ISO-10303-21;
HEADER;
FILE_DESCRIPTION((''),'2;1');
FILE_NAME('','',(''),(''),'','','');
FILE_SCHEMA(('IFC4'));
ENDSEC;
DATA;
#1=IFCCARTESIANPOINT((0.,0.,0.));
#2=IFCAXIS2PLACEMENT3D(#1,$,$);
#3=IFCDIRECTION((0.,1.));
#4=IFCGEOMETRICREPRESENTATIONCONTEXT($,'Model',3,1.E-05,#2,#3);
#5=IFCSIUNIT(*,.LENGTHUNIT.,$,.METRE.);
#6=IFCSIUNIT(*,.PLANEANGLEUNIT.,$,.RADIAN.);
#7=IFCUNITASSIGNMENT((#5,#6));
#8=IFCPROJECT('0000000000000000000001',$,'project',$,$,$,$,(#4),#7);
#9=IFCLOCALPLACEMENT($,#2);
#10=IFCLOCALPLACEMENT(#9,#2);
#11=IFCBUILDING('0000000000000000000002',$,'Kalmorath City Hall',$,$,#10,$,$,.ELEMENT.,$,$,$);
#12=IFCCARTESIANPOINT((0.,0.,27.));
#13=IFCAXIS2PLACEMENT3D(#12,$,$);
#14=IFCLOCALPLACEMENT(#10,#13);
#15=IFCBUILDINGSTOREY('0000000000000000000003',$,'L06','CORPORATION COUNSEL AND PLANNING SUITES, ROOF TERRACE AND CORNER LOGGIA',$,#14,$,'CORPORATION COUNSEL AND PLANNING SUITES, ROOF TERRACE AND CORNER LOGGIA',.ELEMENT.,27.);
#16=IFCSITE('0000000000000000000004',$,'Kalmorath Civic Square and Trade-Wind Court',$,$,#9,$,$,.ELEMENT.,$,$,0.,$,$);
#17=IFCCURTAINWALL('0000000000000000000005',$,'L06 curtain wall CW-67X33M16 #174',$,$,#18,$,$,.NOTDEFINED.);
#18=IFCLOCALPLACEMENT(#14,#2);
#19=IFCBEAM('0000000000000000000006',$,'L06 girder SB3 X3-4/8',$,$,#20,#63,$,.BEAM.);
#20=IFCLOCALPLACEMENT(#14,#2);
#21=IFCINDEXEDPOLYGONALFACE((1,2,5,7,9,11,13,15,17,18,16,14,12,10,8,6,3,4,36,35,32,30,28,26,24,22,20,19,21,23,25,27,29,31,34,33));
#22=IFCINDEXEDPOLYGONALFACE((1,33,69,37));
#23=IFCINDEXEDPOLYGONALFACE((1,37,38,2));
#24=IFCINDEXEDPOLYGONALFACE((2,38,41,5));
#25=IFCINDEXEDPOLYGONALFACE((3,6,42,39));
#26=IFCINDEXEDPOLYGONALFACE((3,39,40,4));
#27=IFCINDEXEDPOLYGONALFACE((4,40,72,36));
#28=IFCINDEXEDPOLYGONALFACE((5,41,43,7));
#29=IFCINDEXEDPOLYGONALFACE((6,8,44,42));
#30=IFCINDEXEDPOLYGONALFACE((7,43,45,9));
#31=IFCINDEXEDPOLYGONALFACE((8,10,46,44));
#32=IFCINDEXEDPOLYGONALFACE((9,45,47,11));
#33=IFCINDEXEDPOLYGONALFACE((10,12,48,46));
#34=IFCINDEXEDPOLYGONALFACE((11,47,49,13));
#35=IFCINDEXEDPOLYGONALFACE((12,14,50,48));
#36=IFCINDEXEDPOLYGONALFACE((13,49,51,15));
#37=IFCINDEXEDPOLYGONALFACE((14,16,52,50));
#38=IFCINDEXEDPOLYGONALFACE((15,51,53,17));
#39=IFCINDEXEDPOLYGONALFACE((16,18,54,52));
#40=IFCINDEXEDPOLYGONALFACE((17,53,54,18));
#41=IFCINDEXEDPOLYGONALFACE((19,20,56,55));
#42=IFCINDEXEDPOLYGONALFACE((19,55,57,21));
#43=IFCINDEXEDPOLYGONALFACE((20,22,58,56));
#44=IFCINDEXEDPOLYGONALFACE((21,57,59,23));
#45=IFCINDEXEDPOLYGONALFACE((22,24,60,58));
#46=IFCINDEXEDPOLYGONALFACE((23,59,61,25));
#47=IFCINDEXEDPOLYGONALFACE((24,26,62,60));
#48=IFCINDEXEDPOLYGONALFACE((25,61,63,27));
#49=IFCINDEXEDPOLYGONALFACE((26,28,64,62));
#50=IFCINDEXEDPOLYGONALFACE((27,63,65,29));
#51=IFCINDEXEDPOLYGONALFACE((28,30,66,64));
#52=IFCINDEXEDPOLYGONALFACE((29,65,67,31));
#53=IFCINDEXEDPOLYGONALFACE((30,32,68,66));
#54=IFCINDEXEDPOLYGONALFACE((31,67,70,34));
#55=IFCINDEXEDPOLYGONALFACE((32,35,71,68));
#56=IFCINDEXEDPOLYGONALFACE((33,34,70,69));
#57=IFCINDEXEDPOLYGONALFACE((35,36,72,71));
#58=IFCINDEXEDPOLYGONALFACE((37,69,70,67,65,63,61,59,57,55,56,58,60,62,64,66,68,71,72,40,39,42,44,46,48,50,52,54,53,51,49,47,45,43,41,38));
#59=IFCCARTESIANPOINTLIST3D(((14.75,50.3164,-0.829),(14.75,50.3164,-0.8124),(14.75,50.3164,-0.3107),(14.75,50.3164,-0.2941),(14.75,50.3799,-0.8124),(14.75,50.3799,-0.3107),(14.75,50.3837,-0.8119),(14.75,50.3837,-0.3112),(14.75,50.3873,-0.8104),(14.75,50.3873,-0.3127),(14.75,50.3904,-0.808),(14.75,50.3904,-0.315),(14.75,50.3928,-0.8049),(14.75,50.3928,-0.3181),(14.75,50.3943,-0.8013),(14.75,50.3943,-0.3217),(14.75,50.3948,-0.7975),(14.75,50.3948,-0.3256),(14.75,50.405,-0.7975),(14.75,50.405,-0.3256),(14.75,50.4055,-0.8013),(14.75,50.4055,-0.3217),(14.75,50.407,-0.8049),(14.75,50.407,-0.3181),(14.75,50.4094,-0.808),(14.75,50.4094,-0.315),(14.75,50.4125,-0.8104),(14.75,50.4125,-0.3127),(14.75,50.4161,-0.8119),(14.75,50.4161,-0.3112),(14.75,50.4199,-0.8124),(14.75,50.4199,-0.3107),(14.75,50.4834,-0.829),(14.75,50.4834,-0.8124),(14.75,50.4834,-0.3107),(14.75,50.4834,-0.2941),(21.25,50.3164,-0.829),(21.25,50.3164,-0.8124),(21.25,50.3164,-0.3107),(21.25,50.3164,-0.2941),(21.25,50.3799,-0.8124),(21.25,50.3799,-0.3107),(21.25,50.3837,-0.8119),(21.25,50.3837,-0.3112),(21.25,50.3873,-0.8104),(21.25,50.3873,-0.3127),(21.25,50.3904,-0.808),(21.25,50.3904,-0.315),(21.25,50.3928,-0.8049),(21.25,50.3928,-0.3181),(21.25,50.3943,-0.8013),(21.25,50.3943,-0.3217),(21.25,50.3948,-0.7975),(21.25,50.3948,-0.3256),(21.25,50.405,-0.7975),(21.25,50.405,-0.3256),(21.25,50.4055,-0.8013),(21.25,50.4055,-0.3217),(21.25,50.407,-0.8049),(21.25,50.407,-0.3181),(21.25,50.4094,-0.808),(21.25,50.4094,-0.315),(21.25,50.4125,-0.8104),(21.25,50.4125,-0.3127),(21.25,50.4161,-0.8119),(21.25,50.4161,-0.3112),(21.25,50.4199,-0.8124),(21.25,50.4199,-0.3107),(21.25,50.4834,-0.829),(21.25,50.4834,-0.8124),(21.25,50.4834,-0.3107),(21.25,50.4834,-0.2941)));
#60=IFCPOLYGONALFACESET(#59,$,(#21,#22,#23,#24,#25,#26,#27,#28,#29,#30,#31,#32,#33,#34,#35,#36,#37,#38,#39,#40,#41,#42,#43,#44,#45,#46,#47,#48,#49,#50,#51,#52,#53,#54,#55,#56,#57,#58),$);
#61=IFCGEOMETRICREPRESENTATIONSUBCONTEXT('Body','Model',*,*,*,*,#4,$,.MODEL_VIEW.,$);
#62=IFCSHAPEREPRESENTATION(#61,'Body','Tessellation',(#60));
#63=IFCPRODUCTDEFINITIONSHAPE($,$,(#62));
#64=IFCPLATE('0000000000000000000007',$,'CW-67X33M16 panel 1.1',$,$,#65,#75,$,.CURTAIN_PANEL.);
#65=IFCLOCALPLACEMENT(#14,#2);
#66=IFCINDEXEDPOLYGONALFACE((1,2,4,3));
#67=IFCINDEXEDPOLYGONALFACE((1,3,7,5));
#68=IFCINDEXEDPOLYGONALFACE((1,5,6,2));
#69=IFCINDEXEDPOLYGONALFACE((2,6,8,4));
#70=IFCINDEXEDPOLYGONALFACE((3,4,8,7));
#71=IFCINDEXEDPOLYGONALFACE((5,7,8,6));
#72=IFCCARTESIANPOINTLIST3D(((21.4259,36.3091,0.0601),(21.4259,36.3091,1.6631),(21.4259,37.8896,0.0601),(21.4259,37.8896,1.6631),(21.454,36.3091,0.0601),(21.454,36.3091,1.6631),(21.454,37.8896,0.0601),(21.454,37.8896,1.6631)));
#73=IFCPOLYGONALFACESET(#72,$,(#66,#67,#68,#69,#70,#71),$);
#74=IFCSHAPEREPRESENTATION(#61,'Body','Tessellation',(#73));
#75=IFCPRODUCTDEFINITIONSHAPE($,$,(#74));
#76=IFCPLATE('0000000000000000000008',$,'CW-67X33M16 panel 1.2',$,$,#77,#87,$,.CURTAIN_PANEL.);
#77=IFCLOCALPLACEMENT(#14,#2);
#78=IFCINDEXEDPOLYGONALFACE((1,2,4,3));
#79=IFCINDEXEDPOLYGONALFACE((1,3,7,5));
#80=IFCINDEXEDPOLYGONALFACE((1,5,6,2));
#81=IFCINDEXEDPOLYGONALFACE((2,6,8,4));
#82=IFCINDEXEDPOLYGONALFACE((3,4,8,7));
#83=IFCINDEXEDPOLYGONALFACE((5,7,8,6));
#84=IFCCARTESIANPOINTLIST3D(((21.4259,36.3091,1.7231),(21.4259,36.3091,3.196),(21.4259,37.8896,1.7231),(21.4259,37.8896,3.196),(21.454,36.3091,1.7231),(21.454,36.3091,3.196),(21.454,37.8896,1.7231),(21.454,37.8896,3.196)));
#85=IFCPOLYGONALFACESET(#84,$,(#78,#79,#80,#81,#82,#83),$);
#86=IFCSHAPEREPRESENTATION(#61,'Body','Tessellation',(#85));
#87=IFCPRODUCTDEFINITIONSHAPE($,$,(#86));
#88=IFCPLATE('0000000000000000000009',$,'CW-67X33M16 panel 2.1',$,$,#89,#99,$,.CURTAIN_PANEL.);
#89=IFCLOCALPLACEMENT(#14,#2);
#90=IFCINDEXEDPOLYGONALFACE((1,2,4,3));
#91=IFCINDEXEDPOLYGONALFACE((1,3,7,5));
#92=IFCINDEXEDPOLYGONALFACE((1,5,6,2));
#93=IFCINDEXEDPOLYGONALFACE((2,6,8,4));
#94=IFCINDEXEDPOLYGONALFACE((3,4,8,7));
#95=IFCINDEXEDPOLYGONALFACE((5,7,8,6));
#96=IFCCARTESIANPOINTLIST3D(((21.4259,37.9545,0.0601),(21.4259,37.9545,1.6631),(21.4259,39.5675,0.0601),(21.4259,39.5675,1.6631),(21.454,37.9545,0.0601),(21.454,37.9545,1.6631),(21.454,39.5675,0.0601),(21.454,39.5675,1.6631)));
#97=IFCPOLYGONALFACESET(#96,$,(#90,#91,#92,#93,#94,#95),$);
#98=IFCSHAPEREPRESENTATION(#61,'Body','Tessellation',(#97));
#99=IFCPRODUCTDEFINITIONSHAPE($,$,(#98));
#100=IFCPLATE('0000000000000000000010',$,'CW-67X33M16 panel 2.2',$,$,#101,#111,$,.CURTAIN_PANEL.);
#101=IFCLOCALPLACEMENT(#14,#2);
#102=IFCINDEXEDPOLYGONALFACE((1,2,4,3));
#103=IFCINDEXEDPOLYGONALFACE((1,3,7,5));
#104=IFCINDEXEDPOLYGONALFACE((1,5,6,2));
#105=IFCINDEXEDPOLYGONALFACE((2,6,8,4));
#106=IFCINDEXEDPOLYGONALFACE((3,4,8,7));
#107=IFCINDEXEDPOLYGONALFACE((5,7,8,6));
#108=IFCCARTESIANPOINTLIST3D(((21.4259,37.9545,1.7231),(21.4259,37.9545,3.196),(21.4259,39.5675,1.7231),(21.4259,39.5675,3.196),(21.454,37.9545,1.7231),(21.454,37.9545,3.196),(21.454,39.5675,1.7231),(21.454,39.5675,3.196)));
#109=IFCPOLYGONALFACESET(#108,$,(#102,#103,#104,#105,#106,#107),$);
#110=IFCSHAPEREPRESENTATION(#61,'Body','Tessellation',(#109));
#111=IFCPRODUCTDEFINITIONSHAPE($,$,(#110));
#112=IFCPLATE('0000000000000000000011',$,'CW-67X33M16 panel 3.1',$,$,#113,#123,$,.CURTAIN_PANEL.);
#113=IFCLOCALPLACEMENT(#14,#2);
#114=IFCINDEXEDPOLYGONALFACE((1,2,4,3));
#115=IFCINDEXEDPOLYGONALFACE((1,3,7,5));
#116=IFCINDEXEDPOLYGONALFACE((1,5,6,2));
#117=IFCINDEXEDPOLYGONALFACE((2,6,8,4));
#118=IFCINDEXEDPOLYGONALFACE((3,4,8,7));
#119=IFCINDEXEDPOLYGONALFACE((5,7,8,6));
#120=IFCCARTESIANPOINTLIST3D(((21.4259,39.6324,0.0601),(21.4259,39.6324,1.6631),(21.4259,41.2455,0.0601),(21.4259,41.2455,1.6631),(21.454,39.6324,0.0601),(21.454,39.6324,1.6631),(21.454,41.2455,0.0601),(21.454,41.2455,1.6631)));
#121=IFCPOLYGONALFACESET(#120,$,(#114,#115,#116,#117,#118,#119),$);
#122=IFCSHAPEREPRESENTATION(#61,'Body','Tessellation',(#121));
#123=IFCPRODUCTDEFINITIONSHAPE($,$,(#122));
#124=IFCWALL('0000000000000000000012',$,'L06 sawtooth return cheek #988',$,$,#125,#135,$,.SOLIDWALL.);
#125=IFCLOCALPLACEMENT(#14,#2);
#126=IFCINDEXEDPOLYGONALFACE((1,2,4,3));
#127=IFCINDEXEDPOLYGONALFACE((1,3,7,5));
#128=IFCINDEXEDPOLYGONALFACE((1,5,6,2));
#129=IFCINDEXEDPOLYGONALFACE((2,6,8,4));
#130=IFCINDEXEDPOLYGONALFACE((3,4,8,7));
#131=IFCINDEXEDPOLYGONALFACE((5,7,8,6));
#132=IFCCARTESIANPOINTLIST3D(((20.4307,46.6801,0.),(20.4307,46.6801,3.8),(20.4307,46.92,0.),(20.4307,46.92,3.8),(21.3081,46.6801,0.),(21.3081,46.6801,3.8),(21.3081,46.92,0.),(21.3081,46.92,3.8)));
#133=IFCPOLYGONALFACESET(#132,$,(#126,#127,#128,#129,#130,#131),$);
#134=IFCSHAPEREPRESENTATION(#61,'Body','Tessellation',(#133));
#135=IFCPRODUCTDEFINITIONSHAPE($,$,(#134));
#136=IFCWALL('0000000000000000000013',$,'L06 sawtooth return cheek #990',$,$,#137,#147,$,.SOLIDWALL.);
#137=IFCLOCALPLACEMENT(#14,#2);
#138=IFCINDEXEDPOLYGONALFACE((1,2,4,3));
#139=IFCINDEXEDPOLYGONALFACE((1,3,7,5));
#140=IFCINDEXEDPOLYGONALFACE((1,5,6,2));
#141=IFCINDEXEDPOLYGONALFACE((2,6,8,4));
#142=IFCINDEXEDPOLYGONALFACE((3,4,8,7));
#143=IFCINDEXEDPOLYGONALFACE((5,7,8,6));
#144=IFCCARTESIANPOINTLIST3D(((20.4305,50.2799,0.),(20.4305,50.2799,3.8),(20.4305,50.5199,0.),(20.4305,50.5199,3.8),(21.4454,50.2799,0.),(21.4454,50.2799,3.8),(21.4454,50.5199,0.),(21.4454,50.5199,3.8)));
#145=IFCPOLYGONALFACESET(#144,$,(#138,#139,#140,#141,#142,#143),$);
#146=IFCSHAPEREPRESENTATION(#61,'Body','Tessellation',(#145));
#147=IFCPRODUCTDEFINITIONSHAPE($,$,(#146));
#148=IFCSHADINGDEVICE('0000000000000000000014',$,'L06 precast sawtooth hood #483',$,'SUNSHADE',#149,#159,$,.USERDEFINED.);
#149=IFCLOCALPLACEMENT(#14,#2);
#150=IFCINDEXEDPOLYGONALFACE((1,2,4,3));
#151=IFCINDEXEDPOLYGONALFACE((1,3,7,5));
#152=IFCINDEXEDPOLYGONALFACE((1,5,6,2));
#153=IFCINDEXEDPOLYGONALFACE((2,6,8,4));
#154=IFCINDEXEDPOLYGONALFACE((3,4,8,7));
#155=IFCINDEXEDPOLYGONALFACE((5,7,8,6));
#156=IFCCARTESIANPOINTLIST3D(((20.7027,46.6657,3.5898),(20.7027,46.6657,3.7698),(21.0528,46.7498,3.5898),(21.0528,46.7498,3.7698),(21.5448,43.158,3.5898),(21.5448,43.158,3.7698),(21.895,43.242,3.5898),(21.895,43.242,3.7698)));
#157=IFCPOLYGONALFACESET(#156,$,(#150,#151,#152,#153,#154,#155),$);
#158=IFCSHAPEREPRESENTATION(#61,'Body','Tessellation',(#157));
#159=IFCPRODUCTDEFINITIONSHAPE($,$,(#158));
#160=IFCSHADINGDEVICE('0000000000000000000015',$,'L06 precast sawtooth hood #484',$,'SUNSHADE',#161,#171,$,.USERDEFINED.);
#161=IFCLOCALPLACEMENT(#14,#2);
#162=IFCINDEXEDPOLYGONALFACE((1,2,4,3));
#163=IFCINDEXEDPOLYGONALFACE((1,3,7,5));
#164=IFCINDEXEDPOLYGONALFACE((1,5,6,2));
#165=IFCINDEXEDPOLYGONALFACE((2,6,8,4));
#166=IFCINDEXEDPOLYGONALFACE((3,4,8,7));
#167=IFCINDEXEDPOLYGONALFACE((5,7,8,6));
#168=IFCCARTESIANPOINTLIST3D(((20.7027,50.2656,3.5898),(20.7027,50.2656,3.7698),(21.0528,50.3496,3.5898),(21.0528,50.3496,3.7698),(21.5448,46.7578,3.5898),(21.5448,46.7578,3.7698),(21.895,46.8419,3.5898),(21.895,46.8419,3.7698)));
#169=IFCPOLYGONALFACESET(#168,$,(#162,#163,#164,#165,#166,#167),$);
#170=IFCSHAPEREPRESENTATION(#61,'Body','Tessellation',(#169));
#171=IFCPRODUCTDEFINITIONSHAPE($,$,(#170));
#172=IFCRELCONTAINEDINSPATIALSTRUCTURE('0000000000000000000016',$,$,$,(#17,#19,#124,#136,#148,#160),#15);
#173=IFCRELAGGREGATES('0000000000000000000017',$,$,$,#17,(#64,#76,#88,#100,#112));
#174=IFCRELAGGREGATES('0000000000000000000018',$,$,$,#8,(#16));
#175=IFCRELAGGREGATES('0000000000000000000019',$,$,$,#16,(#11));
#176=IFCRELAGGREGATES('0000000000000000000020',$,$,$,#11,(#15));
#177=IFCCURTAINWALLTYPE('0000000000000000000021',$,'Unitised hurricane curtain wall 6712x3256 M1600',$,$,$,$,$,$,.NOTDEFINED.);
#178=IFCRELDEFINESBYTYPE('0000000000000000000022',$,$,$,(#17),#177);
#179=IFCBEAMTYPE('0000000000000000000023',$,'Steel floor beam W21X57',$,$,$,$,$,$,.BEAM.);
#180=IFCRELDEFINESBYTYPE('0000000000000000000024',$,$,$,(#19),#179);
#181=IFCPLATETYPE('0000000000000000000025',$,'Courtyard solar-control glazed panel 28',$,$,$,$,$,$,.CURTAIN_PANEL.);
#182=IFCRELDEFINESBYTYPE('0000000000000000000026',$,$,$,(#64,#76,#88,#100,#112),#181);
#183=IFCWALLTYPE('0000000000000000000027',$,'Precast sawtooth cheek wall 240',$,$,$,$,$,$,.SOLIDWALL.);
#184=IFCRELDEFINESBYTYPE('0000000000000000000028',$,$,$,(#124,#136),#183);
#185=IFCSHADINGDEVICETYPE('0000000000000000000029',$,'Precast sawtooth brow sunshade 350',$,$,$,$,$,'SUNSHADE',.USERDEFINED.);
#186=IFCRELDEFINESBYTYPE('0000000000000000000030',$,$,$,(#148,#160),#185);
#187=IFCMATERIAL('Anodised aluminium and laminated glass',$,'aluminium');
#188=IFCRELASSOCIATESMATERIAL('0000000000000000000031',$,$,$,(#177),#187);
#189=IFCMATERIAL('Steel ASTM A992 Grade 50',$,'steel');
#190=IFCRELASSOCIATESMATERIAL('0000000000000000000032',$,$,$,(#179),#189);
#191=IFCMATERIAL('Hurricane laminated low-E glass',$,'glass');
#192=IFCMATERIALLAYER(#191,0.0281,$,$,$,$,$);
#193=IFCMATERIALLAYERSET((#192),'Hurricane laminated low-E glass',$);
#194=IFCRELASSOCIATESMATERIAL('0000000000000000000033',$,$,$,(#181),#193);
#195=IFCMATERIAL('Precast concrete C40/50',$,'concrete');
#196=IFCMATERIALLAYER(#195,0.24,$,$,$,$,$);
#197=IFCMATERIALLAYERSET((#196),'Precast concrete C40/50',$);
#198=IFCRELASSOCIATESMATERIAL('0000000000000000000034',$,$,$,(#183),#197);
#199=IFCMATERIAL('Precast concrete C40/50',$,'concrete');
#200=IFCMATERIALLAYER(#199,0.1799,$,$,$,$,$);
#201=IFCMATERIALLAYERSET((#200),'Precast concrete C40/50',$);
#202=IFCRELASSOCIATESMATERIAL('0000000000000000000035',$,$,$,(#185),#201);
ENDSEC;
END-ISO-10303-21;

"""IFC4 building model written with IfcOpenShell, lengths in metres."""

from ifc_helpers import new_model, si_unit, direction, frame, frame_2d, origin, origin_2d, place, context, subcontext, project, spatial, rectangle, i_section, extrude, material, layer, layer_set, material_profile, profile_set, type_object, element, aggregate, save


model = new_model("IFC4")

# Units and contexts
model_context = context("Model", 3, precision=1e-05, world=origin(), true_north=direction((0.0, 1.0)))
body_context = subcontext(model_context, "Body", "Model", "MODEL_VIEW")
ifc_project = project(units=[si_unit("LENGTHUNIT", "METRE"), si_unit("PLANEANGLEUNIT", "RADIAN")], contexts=[model_context])

# Site, building, storey
site_placement = place(None, origin())
site = spatial("IfcSite", under=ifc_project, at=site_placement, Name="Kalmorath Civic Square and Trade-Wind Court", CompositionType="ELEMENT", RefElevation=0.0)
building_placement = place(site_placement, origin())
building = spatial("IfcBuilding", under=site, at=building_placement, Name="Kalmorath City Hall", CompositionType="ELEMENT")
storey_placement = place(building_placement, frame((0.0, 0.0, 27.0)))
storey = spatial("IfcBuildingStorey", under=building, at=storey_placement, Name="L06", Description="CORPORATION COUNSEL AND PLANNING SUITES, ROOF TERRACE AND CORNER LOGGIA", LongName="CORPORATION COUNSEL AND PLANNING SUITES, ROOF TERRACE AND CORNER LOGGIA", CompositionType="ELEMENT", Elevation=27.0)

# Curtain wall
ifc_material_1 = material(Name="Anodised aluminium and laminated glass", Category="aluminium")
curtain_wall_type = type_object("IfcCurtainWallType", Name="Unitised hurricane curtain wall 6712x3256 M1600", PredefinedType="NOTDEFINED", material=ifc_material_1)
curtain_wall_placement = place(storey_placement, origin())
curtain_wall = element("IfcCurtainWall", 1, at=curtain_wall_placement, inside=storey, type_object=curtain_wall_type, Name="L06 curtain wall CW-67X33M16 #174", PredefinedType="NOTDEFINED")

# Beam
ifc_material_2 = material(Name="Steel ASTM A992 Grade 50", Category="steel")
ifc_material_profile_1 = material_profile(ifc_material_2, i_section(OverallWidth=0.167, OverallDepth=0.5349, WebThickness=0.0103, FlangeThickness=0.0166, FilletRadius=0.0149, at=origin_2d()), Name="W21X57")
ifc_profile_set_1 = profile_set([ifc_material_profile_1], Name="Steel ASTM A992 Grade 50")
beam_type_1 = type_object("IfcBeamType", Name="Steel floor beam W21X57", PredefinedType="BEAM", material=ifc_profile_set_1)
for number, where, z_axis, x_axis, name in (
    (2, (14.75, 50.3999, -0.5615), (1.0, 0.0, 0.0), (0.0, 1.0, 0.0), "L06 girder SB3 X3-4/8"),
):
    element("IfcBeam", number, at=place(storey_placement, frame(where, z_axis=z_axis, x_axis=x_axis)), inside=storey, type_object=beam_type_1, Name=name, PredefinedType="BEAM", context=body_context, shape_type="SweptSolid", body=[
        extrude(i_section(OverallWidth=0.167, OverallDepth=0.5349, WebThickness=0.0103, FlangeThickness=0.0166, FilletRadius=0.0149, at=origin_2d()), origin(), (0.0, 0.0, 1.0), 6.5),
    ])

# Plates
ifc_material_3 = material(Name="Hurricane laminated low-E glass", Category="glass")
ifc_layer_1 = layer(ifc_material_3, 0.0281)
ifc_layer_set_1 = layer_set([ifc_layer_1], Name="Hurricane laminated low-E glass")
plate_type = type_object("IfcPlateType", Name="Courtyard solar-control glazed panel 28", PredefinedType="CURTAIN_PANEL", material=ifc_layer_set_1)
plate_1_placement = place(storey_placement, frame((21.4399, 37.0994, 0.0601), z_axis=(0.0, 0.0, 1.0), x_axis=(0.0, 1.0, 0.0)))
plate_1 = element("IfcPlate", 3, at=plate_1_placement, type_object=plate_type, Name="CW-67X33M16 panel 1.1", PredefinedType="CURTAIN_PANEL", context=body_context, shape_type="SweptSolid", body=[
    extrude(rectangle(XDim=1.5806, YDim=0.0281, at=origin_2d()), origin(), (0.0, 0.0, 1.0), 1.603),
])
plate_2_placement = place(storey_placement, frame((21.4399, 37.0994, 1.7231), z_axis=(0.0, 0.0, 1.0), x_axis=(0.0, 1.0, 0.0)))
plate_2 = element("IfcPlate", 4, at=plate_2_placement, type_object=plate_type, Name="CW-67X33M16 panel 1.2", PredefinedType="CURTAIN_PANEL", context=body_context, shape_type="SweptSolid", body=[
    extrude(rectangle(XDim=1.5806, YDim=0.0281, at=origin_2d()), origin(), (0.0, 0.0, 1.0), 1.4729),
])
plate_3_placement = place(storey_placement, frame((21.4399, 38.761, 0.0601), z_axis=(0.0, 0.0, 1.0), x_axis=(0.0, 1.0, 0.0)))
plate_3 = element("IfcPlate", 5, at=plate_3_placement, type_object=plate_type, Name="CW-67X33M16 panel 2.1", PredefinedType="CURTAIN_PANEL", context=body_context, shape_type="SweptSolid", body=[
    extrude(rectangle(XDim=1.613, YDim=0.0281, at=origin_2d()), origin(), (0.0, 0.0, 1.0), 1.603),
])
plate_4_placement = place(storey_placement, frame((21.4399, 38.761, 1.7231), z_axis=(0.0, 0.0, 1.0), x_axis=(0.0, 1.0, 0.0)))
plate_4 = element("IfcPlate", 6, at=plate_4_placement, type_object=plate_type, Name="CW-67X33M16 panel 2.2", PredefinedType="CURTAIN_PANEL", context=body_context, shape_type="SweptSolid", body=[
    extrude(rectangle(XDim=1.613, YDim=0.0281, at=origin_2d()), origin(), (0.0, 0.0, 1.0), 1.4729),
])
plate_5_placement = place(storey_placement, frame((21.4399, 40.439, 0.0601), z_axis=(0.0, 0.0, 1.0), x_axis=(0.0, 1.0, 0.0)))
plate_5 = element("IfcPlate", 7, at=plate_5_placement, type_object=plate_type, Name="CW-67X33M16 panel 3.1", PredefinedType="CURTAIN_PANEL", context=body_context, shape_type="SweptSolid", body=[
    extrude(rectangle(XDim=1.613, YDim=0.0281, at=origin_2d()), origin(), (0.0, 0.0, 1.0), 1.603),
])
aggregate(curtain_wall, [plate_1, plate_2, plate_3, plate_4, plate_5])

# Walls
ifc_material_4 = material(Name="Precast concrete C40/50", Category="concrete")
ifc_layer_2 = layer(ifc_material_4, 0.24)
ifc_layer_set_2 = layer_set([ifc_layer_2], Name="Precast concrete C40/50")
wall_type = type_object("IfcWallType", Name="Precast sawtooth cheek wall 240", PredefinedType="SOLIDWALL", material=ifc_layer_set_2)
wall_1_placement = place(storey_placement, frame((20.4307, 46.8, 0.0), z_axis=(0.0, 0.0, 1.0), x_axis=(1.0, 0.0, 0.0)))
element("IfcWall", 8, at=wall_1_placement, inside=storey, type_object=wall_type, Name="L06 sawtooth return cheek #988", PredefinedType="SOLIDWALL", context=body_context, shape_type="SweptSolid", body=[
    extrude(rectangle(XDim=0.8774, YDim=0.24, at=frame_2d((0.4387, 0.0))), origin(), (0.0, 0.0, 1.0), 3.8),
])
wall_2_placement = place(storey_placement, frame((20.4307, 50.3999, 0.0), z_axis=(0.0, 0.0, 1.0), x_axis=(1.0, 0.0, 0.0)))
element("IfcWall", 9, at=wall_2_placement, inside=storey, type_object=wall_type, Name="L06 sawtooth return cheek #990", PredefinedType="SOLIDWALL", context=body_context, shape_type="SweptSolid", body=[
    extrude(rectangle(XDim=1.0149, YDim=0.24, at=frame_2d((0.5073, 0.0))), origin(), (0.0, 0.0, 1.0), 3.8),
])

# Shading devices
ifc_material_5 = material(Name="Precast concrete C40/50", Category="concrete")
ifc_layer_3 = layer(ifc_material_5, 0.1799)
ifc_layer_set_3 = layer_set([ifc_layer_3], Name="Precast concrete C40/50")
shading_device_type = type_object("IfcShadingDeviceType", Name="Precast sawtooth brow sunshade 350", ElementType="SUNSHADE", PredefinedType="USERDEFINED", material=ifc_layer_set_3)
for number, where, z_axis, x_axis, name in (
    (10, (21.2988, 44.9539, 3.5898), (0.0, 0.0, 1.0), (-0.233445, 0.97237, 0.0), "L06 precast sawtooth hood #483"),
    (11, (21.2988, 48.5537, 3.5898), (0.0, 0.0, 1.0), (-0.233445, 0.97237, 0.0), "L06 precast sawtooth hood #484"),
):
    element("IfcShadingDevice", number, at=place(storey_placement, frame(where, z_axis=z_axis, x_axis=x_axis)), inside=storey, type_object=shading_device_type, Name=name, ObjectType="SUNSHADE", PredefinedType="USERDEFINED", context=body_context, shape_type="SweptSolid", body=[
        extrude(rectangle(XDim=3.6074, YDim=0.3601, at=origin_2d()), origin(), (0.0, 0.0, 1.0), 0.1799),
    ])

save(model, "model.ifc")
